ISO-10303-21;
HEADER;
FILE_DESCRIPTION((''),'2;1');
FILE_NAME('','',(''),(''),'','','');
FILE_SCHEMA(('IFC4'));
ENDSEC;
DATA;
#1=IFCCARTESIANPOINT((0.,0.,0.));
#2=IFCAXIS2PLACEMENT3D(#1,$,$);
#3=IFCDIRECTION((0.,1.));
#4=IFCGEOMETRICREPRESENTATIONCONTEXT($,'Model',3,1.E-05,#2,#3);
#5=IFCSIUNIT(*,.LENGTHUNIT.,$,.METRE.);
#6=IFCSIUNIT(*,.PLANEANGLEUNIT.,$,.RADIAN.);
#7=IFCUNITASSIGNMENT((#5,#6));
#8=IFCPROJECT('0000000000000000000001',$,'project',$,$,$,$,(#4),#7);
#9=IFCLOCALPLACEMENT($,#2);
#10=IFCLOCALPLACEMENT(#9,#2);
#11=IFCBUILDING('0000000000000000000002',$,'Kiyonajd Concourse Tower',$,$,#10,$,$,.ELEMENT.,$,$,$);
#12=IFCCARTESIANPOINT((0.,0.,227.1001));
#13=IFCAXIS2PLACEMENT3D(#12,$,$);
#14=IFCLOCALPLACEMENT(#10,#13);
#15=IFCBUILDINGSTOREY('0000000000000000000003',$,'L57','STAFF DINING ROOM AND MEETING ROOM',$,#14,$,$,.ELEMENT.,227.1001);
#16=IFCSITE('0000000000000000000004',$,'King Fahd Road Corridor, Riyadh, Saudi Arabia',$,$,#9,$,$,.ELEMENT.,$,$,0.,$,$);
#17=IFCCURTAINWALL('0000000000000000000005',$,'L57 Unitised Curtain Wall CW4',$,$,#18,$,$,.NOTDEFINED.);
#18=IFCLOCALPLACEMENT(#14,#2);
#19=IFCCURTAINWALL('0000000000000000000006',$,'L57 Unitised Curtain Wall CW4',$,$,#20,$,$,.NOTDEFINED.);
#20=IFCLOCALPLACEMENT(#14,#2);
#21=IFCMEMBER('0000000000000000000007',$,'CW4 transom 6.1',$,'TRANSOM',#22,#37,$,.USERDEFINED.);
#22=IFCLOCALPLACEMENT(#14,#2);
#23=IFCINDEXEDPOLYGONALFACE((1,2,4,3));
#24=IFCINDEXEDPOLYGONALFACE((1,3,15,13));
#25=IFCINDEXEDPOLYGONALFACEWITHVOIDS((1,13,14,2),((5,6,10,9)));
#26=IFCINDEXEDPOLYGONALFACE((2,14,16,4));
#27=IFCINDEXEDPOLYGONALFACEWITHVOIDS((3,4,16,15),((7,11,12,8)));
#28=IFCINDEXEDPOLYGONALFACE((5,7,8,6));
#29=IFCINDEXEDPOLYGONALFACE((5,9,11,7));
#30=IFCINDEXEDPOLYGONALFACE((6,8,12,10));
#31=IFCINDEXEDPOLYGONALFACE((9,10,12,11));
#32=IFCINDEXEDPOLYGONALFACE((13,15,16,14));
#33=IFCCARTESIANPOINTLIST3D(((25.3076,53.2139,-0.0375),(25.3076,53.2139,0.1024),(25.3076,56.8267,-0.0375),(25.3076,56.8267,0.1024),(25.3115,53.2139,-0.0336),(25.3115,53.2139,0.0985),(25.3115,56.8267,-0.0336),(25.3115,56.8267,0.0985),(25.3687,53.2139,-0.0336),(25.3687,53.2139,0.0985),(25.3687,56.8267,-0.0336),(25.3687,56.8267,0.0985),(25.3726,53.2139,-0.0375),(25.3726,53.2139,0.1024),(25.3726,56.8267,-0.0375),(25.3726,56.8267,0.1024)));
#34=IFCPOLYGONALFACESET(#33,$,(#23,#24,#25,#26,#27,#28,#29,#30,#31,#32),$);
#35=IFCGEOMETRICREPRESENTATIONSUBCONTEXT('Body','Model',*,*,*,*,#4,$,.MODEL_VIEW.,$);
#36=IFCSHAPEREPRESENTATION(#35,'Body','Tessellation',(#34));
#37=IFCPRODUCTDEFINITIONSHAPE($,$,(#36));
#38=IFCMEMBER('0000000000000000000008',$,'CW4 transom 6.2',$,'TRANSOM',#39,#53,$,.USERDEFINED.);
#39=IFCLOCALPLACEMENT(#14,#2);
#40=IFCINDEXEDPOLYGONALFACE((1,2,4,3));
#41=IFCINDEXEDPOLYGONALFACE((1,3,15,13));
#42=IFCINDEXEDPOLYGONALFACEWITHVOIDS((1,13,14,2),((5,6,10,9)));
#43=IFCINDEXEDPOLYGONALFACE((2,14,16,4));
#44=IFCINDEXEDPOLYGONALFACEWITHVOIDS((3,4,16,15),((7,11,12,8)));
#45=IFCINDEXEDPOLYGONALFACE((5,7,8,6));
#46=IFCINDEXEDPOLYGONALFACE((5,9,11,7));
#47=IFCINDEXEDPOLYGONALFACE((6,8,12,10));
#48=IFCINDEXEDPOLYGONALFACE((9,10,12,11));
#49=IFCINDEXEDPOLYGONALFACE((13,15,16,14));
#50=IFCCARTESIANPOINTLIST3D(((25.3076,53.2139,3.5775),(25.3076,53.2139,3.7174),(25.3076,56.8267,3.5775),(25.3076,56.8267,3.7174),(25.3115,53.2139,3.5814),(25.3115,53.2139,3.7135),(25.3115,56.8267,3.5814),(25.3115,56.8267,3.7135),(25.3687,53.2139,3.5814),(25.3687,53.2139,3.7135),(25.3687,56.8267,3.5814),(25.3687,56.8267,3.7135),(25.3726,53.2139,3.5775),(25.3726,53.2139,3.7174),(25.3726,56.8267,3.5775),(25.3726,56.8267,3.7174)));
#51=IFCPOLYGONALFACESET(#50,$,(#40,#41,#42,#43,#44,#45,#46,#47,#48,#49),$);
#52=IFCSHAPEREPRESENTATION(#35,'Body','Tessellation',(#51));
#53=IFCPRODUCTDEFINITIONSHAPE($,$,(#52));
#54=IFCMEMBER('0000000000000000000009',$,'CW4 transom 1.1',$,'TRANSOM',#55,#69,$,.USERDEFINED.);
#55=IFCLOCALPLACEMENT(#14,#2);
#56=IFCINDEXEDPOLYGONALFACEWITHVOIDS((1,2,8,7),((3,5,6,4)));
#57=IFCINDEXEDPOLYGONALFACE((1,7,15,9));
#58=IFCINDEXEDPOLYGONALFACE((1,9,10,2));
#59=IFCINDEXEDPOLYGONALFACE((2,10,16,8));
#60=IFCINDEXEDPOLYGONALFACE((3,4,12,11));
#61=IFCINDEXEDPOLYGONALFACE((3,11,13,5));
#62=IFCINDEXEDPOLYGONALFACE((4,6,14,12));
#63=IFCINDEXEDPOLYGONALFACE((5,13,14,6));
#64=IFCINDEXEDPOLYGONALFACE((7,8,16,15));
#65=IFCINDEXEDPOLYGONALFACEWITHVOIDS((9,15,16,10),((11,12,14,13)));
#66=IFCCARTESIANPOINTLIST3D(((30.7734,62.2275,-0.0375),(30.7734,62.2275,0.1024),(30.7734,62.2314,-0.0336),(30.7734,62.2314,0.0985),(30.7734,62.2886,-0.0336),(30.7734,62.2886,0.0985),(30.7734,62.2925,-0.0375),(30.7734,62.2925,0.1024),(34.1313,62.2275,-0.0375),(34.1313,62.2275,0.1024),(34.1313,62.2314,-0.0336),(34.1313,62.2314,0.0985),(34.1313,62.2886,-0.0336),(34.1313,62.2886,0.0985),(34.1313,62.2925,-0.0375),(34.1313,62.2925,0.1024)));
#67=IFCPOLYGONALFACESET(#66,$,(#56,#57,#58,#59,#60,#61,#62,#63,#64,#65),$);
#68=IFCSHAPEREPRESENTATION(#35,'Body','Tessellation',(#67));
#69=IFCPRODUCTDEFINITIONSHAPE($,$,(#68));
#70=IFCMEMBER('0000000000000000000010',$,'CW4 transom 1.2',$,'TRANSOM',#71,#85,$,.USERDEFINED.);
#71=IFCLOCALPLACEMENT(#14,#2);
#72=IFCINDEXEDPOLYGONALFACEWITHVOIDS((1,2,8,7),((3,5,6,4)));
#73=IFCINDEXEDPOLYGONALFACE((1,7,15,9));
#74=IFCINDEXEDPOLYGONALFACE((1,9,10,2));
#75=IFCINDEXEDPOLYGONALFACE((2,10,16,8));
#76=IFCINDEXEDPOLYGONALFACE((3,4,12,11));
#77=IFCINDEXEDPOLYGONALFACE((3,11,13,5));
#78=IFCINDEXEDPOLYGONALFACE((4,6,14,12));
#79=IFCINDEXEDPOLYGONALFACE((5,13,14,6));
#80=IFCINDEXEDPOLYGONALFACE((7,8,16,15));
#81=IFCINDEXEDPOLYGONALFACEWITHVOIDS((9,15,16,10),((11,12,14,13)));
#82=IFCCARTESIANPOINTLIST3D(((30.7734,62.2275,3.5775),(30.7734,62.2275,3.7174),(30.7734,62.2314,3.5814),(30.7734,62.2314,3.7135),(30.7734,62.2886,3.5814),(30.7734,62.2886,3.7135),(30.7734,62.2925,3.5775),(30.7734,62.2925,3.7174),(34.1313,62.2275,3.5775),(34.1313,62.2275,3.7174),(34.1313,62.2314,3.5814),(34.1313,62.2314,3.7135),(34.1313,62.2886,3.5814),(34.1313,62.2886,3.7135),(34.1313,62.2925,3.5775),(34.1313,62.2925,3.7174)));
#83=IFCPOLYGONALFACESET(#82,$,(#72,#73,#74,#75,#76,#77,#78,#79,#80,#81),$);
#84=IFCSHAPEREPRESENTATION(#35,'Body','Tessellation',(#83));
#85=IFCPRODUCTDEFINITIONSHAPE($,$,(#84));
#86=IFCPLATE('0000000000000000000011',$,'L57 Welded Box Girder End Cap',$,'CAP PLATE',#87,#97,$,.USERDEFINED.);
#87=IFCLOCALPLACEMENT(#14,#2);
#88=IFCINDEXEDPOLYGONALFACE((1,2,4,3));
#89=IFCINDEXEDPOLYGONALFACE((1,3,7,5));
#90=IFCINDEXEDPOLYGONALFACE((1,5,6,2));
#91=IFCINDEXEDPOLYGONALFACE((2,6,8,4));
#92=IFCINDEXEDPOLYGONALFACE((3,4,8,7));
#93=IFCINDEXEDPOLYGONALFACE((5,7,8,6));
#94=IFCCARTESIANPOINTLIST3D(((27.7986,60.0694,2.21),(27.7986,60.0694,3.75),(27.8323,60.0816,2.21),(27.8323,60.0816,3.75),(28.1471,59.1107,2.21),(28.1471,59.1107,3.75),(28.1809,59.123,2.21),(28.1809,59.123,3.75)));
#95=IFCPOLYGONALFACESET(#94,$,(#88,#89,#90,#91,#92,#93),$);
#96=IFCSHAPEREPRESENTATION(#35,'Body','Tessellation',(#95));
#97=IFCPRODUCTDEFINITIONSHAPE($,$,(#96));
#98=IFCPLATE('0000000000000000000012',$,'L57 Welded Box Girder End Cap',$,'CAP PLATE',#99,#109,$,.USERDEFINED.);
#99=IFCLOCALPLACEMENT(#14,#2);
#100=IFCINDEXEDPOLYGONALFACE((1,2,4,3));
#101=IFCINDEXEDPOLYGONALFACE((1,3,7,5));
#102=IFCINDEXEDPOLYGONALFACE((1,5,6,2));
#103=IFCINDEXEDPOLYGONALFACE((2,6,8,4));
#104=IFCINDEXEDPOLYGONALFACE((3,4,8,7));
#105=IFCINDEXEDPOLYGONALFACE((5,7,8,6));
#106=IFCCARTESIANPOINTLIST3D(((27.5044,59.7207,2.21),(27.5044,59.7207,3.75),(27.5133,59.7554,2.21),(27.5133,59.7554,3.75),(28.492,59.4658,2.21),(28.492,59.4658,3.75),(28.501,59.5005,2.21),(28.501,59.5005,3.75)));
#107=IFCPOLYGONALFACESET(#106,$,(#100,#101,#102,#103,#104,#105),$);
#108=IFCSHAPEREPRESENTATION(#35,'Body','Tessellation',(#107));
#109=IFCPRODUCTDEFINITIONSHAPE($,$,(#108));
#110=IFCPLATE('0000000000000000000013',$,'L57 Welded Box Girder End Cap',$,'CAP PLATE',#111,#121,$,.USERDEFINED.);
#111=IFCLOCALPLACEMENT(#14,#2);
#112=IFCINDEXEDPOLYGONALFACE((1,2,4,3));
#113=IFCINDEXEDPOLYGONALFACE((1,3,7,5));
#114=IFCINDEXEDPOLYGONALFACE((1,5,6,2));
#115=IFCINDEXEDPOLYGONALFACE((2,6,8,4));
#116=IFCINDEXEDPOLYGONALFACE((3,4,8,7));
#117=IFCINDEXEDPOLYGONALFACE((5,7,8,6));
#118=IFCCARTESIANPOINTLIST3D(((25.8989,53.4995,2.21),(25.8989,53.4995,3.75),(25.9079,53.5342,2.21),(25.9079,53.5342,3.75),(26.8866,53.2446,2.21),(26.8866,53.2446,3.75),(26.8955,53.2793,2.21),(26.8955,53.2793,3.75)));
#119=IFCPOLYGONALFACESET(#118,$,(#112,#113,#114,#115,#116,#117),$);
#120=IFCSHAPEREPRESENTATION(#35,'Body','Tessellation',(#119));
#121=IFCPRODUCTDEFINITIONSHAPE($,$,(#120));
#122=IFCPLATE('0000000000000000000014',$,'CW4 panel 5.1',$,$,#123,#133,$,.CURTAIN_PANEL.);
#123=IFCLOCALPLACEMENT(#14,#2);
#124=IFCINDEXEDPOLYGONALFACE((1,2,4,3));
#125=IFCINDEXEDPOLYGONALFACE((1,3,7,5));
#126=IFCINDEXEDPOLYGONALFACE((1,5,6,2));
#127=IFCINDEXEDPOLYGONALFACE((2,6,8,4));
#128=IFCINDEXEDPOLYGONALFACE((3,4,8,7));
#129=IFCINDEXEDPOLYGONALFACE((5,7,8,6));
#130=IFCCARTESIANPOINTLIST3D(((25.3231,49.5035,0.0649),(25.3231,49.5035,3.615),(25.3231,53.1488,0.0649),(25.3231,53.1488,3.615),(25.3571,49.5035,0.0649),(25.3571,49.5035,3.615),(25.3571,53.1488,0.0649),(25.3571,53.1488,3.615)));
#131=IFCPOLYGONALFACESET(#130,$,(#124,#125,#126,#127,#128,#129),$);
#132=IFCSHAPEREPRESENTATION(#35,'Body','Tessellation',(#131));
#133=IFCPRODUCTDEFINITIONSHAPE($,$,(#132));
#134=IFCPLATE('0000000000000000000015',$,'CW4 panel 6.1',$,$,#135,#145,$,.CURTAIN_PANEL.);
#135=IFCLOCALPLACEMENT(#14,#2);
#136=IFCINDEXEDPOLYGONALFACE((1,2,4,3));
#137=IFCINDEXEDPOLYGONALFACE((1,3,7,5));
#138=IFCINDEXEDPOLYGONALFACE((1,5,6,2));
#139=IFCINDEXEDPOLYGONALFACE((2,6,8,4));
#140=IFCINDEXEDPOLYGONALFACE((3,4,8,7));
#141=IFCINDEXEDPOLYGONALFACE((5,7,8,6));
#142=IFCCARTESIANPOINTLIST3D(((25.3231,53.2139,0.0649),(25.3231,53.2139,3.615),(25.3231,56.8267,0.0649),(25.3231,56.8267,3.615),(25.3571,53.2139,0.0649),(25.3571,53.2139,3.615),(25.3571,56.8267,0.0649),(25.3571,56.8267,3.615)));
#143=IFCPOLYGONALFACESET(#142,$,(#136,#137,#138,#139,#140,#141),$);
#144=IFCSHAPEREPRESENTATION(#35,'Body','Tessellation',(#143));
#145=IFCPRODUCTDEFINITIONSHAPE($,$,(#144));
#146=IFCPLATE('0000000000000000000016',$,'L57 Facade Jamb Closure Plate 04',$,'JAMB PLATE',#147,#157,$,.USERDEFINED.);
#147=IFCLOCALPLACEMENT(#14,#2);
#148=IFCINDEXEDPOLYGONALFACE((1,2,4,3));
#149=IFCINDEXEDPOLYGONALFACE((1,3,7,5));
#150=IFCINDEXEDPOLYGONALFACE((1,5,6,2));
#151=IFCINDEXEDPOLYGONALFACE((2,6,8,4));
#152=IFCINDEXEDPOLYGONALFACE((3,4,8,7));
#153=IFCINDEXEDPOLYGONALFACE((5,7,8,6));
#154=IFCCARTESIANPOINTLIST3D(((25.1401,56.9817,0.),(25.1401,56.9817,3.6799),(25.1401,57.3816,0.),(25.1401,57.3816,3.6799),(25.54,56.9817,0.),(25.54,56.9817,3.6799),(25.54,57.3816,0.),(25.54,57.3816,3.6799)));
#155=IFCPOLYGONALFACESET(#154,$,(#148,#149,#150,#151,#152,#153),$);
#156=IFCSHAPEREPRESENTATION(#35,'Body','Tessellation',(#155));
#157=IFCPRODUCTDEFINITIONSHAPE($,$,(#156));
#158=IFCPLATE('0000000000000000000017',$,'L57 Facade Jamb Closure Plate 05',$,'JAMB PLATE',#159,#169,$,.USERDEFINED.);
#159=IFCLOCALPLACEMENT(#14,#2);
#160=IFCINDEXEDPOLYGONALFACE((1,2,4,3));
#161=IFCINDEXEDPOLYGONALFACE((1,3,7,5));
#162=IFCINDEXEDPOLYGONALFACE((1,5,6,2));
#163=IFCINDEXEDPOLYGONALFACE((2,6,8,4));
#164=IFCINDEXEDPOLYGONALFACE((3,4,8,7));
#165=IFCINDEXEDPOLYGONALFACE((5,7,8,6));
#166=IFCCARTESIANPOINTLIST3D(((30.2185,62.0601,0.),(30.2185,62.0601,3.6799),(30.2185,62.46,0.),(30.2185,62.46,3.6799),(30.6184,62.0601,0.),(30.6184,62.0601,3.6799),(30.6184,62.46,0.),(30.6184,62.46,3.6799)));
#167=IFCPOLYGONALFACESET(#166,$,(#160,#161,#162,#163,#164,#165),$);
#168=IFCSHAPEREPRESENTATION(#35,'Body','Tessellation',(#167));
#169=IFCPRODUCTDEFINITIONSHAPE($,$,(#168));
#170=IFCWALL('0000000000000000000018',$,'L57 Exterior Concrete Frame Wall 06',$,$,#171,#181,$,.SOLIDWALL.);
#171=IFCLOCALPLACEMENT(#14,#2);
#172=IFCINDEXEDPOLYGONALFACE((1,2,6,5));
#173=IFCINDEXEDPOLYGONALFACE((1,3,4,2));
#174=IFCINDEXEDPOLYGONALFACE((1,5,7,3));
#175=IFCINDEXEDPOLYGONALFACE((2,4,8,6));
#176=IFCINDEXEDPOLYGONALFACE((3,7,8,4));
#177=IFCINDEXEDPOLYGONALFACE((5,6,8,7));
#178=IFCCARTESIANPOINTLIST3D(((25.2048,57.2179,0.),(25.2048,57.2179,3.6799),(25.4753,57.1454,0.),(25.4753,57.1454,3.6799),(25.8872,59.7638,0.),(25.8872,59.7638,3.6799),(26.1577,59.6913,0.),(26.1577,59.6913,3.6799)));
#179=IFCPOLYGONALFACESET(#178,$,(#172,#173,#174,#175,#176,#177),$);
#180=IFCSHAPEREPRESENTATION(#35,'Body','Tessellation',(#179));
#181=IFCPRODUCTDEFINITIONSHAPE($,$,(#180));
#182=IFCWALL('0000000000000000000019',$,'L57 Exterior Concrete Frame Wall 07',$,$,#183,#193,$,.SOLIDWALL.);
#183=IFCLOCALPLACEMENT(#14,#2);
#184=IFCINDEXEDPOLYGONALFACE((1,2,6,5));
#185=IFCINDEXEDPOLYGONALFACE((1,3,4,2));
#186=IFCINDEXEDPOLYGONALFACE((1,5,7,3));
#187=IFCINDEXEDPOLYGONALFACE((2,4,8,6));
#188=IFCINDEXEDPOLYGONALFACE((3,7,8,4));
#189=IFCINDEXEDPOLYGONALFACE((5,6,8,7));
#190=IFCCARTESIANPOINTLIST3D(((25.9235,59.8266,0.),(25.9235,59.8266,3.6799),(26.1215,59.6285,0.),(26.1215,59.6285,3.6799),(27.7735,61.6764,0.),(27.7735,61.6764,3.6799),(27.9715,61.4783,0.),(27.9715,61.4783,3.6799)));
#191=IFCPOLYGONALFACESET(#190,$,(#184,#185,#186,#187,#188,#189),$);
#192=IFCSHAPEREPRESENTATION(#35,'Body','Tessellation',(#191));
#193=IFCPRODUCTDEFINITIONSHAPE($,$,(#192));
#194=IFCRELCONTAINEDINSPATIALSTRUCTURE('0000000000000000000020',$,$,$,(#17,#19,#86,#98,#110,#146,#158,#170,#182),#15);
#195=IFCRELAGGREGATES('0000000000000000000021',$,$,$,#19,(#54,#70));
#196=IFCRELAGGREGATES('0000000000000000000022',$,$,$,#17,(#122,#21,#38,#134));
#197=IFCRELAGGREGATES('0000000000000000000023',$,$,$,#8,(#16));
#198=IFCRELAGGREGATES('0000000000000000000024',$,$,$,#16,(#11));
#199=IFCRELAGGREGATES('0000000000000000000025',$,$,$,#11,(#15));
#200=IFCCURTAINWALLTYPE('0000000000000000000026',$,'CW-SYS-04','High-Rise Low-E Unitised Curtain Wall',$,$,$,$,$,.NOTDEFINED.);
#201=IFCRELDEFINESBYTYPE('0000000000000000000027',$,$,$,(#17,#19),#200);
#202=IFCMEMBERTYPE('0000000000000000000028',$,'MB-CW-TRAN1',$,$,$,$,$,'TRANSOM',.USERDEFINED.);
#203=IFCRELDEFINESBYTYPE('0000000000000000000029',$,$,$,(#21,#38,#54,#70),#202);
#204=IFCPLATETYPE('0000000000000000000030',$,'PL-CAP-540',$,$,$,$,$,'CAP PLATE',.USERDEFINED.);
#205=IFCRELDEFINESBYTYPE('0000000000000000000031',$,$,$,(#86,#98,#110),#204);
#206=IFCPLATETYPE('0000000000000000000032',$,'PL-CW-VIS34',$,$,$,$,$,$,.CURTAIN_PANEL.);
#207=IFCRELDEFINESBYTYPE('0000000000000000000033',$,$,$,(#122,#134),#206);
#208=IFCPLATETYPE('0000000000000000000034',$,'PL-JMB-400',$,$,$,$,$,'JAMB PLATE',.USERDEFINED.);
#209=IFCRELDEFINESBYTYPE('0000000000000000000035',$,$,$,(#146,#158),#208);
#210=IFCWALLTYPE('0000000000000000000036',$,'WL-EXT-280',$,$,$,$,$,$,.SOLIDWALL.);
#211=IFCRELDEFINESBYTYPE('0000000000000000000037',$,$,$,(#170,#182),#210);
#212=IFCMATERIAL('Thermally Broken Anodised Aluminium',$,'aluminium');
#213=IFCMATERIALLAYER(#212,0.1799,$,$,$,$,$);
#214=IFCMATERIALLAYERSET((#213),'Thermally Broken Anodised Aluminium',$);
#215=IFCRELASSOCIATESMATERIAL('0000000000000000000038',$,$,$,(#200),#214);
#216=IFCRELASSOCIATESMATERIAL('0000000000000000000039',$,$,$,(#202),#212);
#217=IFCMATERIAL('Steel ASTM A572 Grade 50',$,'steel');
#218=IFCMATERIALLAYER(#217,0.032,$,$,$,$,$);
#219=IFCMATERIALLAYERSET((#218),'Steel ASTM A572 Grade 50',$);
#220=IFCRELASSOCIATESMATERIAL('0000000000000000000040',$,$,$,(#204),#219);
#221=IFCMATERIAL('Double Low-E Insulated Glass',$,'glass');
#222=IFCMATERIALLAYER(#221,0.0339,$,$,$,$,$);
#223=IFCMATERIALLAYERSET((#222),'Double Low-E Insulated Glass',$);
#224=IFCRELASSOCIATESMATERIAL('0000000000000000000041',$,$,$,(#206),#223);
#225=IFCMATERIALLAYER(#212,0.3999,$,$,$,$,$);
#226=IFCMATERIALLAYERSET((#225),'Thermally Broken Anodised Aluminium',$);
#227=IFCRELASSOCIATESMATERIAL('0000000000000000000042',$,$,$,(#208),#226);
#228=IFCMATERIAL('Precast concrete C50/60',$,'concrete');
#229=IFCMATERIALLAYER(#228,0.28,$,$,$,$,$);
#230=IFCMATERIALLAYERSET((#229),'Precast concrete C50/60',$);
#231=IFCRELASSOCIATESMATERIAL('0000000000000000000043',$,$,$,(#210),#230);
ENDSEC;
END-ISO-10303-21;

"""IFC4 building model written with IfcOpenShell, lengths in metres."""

from ifc_helpers import new_model, si_unit, direction, frame, frame_2d, origin, origin_2d, place, context, subcontext, project, spatial, rectangle, hollow_rectangle, extrude, material, layer, layer_set, material_profile, profile_set, type_object, element, aggregate, save


model = new_model("IFC4")

# Units and contexts
model_context = context("Model", 3, precision=1e-05, world=origin(), true_north=direction((0.0, 1.0)))
body_context = subcontext(model_context, "Body", "Model", "MODEL_VIEW")
ifc_project = project(units=[si_unit("LENGTHUNIT", "METRE"), si_unit("PLANEANGLEUNIT", "RADIAN")], contexts=[model_context])

# Site, building, storey
site_placement = place(None, origin())
site = spatial("IfcSite", under=ifc_project, at=site_placement, Name="King Fahd Road Corridor, Riyadh, Saudi Arabia", CompositionType="ELEMENT", RefElevation=0.0)
building_placement = place(site_placement, origin())
building = spatial("IfcBuilding", under=site, at=building_placement, Name="Kiyonajd Concourse Tower", CompositionType="ELEMENT")
storey_placement = place(building_placement, frame((0.0, 0.0, 227.1001)))
storey = spatial("IfcBuildingStorey", under=building, at=storey_placement, Name="L57", Description="STAFF DINING ROOM AND MEETING ROOM", CompositionType="ELEMENT", Elevation=227.1001)

# Shared definitions
ifc_material_1 = material(Name="Steel ASTM A572 Grade 50", Category="steel")

# Curtain wall
ifc_material_2 = material(Name="Thermally Broken Anodised Aluminium", Category="aluminium")
ifc_layer_1 = layer(ifc_material_2, 0.1799)
ifc_layer_set_1 = layer_set([ifc_layer_1], Name="Thermally Broken Anodised Aluminium")
curtain_wall_type = type_object("IfcCurtainWallType", Name="CW-SYS-04", Description="High-Rise Low-E Unitised Curtain Wall", PredefinedType="NOTDEFINED", material=ifc_layer_set_1)
curtain_wall_1_placement = place(storey_placement, origin())
curtain_wall_1 = element("IfcCurtainWall", 1, at=curtain_wall_1_placement, inside=storey, type_object=curtain_wall_type, Name="L57 Unitised Curtain Wall CW4", PredefinedType="NOTDEFINED")

# Curtain wall
curtain_wall_2_placement = place(storey_placement, origin())
curtain_wall_2 = element("IfcCurtainWall", 2, at=curtain_wall_2_placement, inside=storey, type_object=curtain_wall_type, Name="L57 Unitised Curtain Wall CW4", PredefinedType="NOTDEFINED")

# Members
ifc_material_profile_1 = material_profile(ifc_material_2, hollow_rectangle(XDim=0.0649, YDim=0.1399, WallThickness=0.0039, at=origin_2d()), Name="TRAN-65x140")
ifc_profile_set_1 = profile_set([ifc_material_profile_1], Name="Thermally Broken Anodised Aluminium")
member_type_1 = type_object("IfcMemberType", Name="MB-CW-TRAN1", ElementType="TRANSOM", PredefinedType="USERDEFINED", material=ifc_profile_set_1)
member_1_placement = place(storey_placement, frame((25.3401, 53.2139, 0.0325), z_axis=(0.0, 1.0, 0.0), x_axis=(-1.0, 0.0, 0.0)))
member_1 = element("IfcMember", 3, at=member_1_placement, type_object=member_type_1, Name="CW4 transom 6.1", ObjectType="TRANSOM", PredefinedType="USERDEFINED", context=body_context, shape_type="SweptSolid", body=[
    extrude(hollow_rectangle(XDim=0.0649, YDim=0.1399, WallThickness=0.0039, at=origin_2d()), origin(), (0.0, 0.0, 1.0), 3.6128),
])
member_2_placement = place(storey_placement, frame((25.3401, 53.2139, 3.6475), z_axis=(0.0, 1.0, 0.0), x_axis=(-1.0, 0.0, 0.0)))
member_2 = element("IfcMember", 4, at=member_2_placement, type_object=member_type_1, Name="CW4 transom 6.2", ObjectType="TRANSOM", PredefinedType="USERDEFINED", context=body_context, shape_type="SweptSolid", body=[
    extrude(hollow_rectangle(XDim=0.0649, YDim=0.1399, WallThickness=0.0039, at=origin_2d()), origin(), (0.0, 0.0, 1.0), 3.6128),
])
member_3_placement = place(storey_placement, frame((30.7734, 62.26, 0.0325), z_axis=(1.0, 0.0, 0.0), x_axis=(0.0, 1.0, 0.0)))
member_3 = element("IfcMember", 5, at=member_3_placement, type_object=member_type_1, Name="CW4 transom 1.1", ObjectType="TRANSOM", PredefinedType="USERDEFINED", context=body_context, shape_type="SweptSolid", body=[
    extrude(hollow_rectangle(XDim=0.0649, YDim=0.1399, WallThickness=0.0039, at=origin_2d()), origin(), (0.0, 0.0, 1.0), 3.3579),
])
member_4_placement = place(storey_placement, frame((30.7734, 62.26, 3.6475), z_axis=(1.0, 0.0, 0.0), x_axis=(0.0, 1.0, 0.0)))
member_4 = element("IfcMember", 6, at=member_4_placement, type_object=member_type_1, Name="CW4 transom 1.2", ObjectType="TRANSOM", PredefinedType="USERDEFINED", context=body_context, shape_type="SweptSolid", body=[
    extrude(hollow_rectangle(XDim=0.0649, YDim=0.1399, WallThickness=0.0039, at=origin_2d()), origin(), (0.0, 0.0, 1.0), 3.3579),
])
aggregate(curtain_wall_2, [member_3, member_4])

# Plates
ifc_layer_2 = layer(ifc_material_1, 0.032)
ifc_layer_set_2 = layer_set([ifc_layer_2], Name="Steel ASTM A572 Grade 50")
plate_type_1 = type_object("IfcPlateType", Name="PL-CAP-540", ElementType="CAP PLATE", PredefinedType="USERDEFINED", material=ifc_layer_set_2)
for number, where, z_axis, x_axis, name in (
    (7, (27.9897, 59.5962, 2.21), (0.0, 0.0, 1.0), (-0.939812, -0.341692, 0.0), "L57 Welded Box Girder End Cap"),
    (8, (28.0027, 59.6106, 2.21), (0.0, 0.0, 1.0), (0.249873, 0.968279, 0.0), "L57 Welded Box Girder End Cap"),
    (9, (26.3972, 53.3894, 2.21), (0.0, 0.0, 1.0), (-0.249873, -0.968279, 0.0), "L57 Welded Box Girder End Cap"),
):
    element("IfcPlate", number, at=place(storey_placement, frame(where, z_axis=z_axis, x_axis=x_axis)), inside=storey, type_object=plate_type_1, Name=name, ObjectType="CAP PLATE", PredefinedType="USERDEFINED", context=body_context, shape_type="SweptSolid", body=[
        extrude(rectangle(XDim=0.0359, YDim=1.02, at=origin_2d()), origin(), (0.0, 0.0, 1.0), 1.54),
    ])

# Plates
ifc_material_3 = material(Name="Double Low-E Insulated Glass", Category="glass")
ifc_layer_3 = layer(ifc_material_3, 0.0339)
ifc_layer_set_3 = layer_set([ifc_layer_3], Name="Double Low-E Insulated Glass")
plate_type_2 = type_object("IfcPlateType", Name="PL-CW-VIS34", PredefinedType="CURTAIN_PANEL", material=ifc_layer_set_3)
plate_1_placement = place(storey_placement, frame((25.3401, 51.3262, 0.0649), z_axis=(0.0, 0.0, 1.0), x_axis=(0.0, 1.0, 0.0)))
plate_1 = element("IfcPlate", 10, at=plate_1_placement, type_object=plate_type_2, Name="CW4 panel 5.1", PredefinedType="CURTAIN_PANEL", context=body_context, shape_type="SweptSolid", body=[
    extrude(rectangle(XDim=3.6453, YDim=0.0339, at=origin_2d()), origin(), (0.0, 0.0, 1.0), 3.55),
])
plate_2_placement = place(storey_placement, frame((25.3401, 55.0203, 0.0649), z_axis=(0.0, 0.0, 1.0), x_axis=(0.0, 1.0, 0.0)))
plate_2 = element("IfcPlate", 11, at=plate_2_placement, type_object=plate_type_2, Name="CW4 panel 6.1", PredefinedType="CURTAIN_PANEL", context=body_context, shape_type="SweptSolid", body=[
    extrude(rectangle(XDim=3.6128, YDim=0.0339, at=origin_2d()), origin(), (0.0, 0.0, 1.0), 3.55),
])
aggregate(curtain_wall_1, [plate_1, member_1, member_2, plate_2])

# Plates
ifc_layer_4 = layer(ifc_material_2, 0.3999)
ifc_layer_set_4 = layer_set([ifc_layer_4], Name="Thermally Broken Anodised Aluminium")
plate_type_3 = type_object("IfcPlateType", Name="PL-JMB-400", ElementType="JAMB PLATE", PredefinedType="USERDEFINED", material=ifc_layer_set_4)
for number, where, z_axis, x_axis, name in (
    (12, (25.3401, 57.1816, 0.0), (0.0, 0.0, 1.0), (1.0, 0.0, 0.0), "L57 Facade Jamb Closure Plate 04"),
    (13, (30.4185, 62.26, 0.0), (0.0, 0.0, 1.0), (1.0, 0.0, 0.0), "L57 Facade Jamb Closure Plate 05"),
):
    element("IfcPlate", number, at=place(storey_placement, frame(where, z_axis=z_axis, x_axis=x_axis)), inside=storey, type_object=plate_type_3, Name=name, ObjectType="JAMB PLATE", PredefinedType="USERDEFINED", context=body_context, shape_type="SweptSolid", body=[
        extrude(rectangle(XDim=0.3999, YDim=0.3999, at=origin_2d()), origin(), (0.0, 0.0, 1.0), 3.6799),
    ])

# Walls
ifc_material_4 = material(Name="Precast concrete C50/60", Category="concrete")
ifc_layer_5 = layer(ifc_material_4, 0.28)
ifc_layer_set_5 = layer_set([ifc_layer_5], Name="Precast concrete C50/60")
wall_type = type_object("IfcWallType", Name="WL-EXT-280", PredefinedType="SOLIDWALL", material=ifc_layer_set_5)
wall_1_placement = place(storey_placement, frame((25.3401, 57.1816, 0.0), z_axis=(0.0, 0.0, 1.0), x_axis=(0.25889, 0.965907, 0.0)))
element("IfcWall", 14, at=wall_1_placement, inside=storey, type_object=wall_type, Name="L57 Exterior Concrete Frame Wall 06", PredefinedType="SOLIDWALL", context=body_context, shape_type="SweptSolid", body=[
    extrude(rectangle(XDim=2.6357, YDim=0.28, at=frame_2d((1.3179, 0.0))), origin(), (0.0, 0.0, 1.0), 3.6799),
])
wall_2_placement = place(storey_placement, frame((26.0225, 59.7275, 0.0), z_axis=(0.0, 0.0, 1.0), x_axis=(0.707153, 0.70706, 0.0)))
element("IfcWall", 15, at=wall_2_placement, inside=storey, type_object=wall_type, Name="L57 Exterior Concrete Frame Wall 07", PredefinedType="SOLIDWALL", context=body_context, shape_type="SweptSolid", body=[
    extrude(rectangle(XDim=2.6162, YDim=0.28, at=frame_2d((1.3081, 0.0))), origin(), (0.0, 0.0, 1.0), 3.6799),
])

save(model, "model.ifc")
